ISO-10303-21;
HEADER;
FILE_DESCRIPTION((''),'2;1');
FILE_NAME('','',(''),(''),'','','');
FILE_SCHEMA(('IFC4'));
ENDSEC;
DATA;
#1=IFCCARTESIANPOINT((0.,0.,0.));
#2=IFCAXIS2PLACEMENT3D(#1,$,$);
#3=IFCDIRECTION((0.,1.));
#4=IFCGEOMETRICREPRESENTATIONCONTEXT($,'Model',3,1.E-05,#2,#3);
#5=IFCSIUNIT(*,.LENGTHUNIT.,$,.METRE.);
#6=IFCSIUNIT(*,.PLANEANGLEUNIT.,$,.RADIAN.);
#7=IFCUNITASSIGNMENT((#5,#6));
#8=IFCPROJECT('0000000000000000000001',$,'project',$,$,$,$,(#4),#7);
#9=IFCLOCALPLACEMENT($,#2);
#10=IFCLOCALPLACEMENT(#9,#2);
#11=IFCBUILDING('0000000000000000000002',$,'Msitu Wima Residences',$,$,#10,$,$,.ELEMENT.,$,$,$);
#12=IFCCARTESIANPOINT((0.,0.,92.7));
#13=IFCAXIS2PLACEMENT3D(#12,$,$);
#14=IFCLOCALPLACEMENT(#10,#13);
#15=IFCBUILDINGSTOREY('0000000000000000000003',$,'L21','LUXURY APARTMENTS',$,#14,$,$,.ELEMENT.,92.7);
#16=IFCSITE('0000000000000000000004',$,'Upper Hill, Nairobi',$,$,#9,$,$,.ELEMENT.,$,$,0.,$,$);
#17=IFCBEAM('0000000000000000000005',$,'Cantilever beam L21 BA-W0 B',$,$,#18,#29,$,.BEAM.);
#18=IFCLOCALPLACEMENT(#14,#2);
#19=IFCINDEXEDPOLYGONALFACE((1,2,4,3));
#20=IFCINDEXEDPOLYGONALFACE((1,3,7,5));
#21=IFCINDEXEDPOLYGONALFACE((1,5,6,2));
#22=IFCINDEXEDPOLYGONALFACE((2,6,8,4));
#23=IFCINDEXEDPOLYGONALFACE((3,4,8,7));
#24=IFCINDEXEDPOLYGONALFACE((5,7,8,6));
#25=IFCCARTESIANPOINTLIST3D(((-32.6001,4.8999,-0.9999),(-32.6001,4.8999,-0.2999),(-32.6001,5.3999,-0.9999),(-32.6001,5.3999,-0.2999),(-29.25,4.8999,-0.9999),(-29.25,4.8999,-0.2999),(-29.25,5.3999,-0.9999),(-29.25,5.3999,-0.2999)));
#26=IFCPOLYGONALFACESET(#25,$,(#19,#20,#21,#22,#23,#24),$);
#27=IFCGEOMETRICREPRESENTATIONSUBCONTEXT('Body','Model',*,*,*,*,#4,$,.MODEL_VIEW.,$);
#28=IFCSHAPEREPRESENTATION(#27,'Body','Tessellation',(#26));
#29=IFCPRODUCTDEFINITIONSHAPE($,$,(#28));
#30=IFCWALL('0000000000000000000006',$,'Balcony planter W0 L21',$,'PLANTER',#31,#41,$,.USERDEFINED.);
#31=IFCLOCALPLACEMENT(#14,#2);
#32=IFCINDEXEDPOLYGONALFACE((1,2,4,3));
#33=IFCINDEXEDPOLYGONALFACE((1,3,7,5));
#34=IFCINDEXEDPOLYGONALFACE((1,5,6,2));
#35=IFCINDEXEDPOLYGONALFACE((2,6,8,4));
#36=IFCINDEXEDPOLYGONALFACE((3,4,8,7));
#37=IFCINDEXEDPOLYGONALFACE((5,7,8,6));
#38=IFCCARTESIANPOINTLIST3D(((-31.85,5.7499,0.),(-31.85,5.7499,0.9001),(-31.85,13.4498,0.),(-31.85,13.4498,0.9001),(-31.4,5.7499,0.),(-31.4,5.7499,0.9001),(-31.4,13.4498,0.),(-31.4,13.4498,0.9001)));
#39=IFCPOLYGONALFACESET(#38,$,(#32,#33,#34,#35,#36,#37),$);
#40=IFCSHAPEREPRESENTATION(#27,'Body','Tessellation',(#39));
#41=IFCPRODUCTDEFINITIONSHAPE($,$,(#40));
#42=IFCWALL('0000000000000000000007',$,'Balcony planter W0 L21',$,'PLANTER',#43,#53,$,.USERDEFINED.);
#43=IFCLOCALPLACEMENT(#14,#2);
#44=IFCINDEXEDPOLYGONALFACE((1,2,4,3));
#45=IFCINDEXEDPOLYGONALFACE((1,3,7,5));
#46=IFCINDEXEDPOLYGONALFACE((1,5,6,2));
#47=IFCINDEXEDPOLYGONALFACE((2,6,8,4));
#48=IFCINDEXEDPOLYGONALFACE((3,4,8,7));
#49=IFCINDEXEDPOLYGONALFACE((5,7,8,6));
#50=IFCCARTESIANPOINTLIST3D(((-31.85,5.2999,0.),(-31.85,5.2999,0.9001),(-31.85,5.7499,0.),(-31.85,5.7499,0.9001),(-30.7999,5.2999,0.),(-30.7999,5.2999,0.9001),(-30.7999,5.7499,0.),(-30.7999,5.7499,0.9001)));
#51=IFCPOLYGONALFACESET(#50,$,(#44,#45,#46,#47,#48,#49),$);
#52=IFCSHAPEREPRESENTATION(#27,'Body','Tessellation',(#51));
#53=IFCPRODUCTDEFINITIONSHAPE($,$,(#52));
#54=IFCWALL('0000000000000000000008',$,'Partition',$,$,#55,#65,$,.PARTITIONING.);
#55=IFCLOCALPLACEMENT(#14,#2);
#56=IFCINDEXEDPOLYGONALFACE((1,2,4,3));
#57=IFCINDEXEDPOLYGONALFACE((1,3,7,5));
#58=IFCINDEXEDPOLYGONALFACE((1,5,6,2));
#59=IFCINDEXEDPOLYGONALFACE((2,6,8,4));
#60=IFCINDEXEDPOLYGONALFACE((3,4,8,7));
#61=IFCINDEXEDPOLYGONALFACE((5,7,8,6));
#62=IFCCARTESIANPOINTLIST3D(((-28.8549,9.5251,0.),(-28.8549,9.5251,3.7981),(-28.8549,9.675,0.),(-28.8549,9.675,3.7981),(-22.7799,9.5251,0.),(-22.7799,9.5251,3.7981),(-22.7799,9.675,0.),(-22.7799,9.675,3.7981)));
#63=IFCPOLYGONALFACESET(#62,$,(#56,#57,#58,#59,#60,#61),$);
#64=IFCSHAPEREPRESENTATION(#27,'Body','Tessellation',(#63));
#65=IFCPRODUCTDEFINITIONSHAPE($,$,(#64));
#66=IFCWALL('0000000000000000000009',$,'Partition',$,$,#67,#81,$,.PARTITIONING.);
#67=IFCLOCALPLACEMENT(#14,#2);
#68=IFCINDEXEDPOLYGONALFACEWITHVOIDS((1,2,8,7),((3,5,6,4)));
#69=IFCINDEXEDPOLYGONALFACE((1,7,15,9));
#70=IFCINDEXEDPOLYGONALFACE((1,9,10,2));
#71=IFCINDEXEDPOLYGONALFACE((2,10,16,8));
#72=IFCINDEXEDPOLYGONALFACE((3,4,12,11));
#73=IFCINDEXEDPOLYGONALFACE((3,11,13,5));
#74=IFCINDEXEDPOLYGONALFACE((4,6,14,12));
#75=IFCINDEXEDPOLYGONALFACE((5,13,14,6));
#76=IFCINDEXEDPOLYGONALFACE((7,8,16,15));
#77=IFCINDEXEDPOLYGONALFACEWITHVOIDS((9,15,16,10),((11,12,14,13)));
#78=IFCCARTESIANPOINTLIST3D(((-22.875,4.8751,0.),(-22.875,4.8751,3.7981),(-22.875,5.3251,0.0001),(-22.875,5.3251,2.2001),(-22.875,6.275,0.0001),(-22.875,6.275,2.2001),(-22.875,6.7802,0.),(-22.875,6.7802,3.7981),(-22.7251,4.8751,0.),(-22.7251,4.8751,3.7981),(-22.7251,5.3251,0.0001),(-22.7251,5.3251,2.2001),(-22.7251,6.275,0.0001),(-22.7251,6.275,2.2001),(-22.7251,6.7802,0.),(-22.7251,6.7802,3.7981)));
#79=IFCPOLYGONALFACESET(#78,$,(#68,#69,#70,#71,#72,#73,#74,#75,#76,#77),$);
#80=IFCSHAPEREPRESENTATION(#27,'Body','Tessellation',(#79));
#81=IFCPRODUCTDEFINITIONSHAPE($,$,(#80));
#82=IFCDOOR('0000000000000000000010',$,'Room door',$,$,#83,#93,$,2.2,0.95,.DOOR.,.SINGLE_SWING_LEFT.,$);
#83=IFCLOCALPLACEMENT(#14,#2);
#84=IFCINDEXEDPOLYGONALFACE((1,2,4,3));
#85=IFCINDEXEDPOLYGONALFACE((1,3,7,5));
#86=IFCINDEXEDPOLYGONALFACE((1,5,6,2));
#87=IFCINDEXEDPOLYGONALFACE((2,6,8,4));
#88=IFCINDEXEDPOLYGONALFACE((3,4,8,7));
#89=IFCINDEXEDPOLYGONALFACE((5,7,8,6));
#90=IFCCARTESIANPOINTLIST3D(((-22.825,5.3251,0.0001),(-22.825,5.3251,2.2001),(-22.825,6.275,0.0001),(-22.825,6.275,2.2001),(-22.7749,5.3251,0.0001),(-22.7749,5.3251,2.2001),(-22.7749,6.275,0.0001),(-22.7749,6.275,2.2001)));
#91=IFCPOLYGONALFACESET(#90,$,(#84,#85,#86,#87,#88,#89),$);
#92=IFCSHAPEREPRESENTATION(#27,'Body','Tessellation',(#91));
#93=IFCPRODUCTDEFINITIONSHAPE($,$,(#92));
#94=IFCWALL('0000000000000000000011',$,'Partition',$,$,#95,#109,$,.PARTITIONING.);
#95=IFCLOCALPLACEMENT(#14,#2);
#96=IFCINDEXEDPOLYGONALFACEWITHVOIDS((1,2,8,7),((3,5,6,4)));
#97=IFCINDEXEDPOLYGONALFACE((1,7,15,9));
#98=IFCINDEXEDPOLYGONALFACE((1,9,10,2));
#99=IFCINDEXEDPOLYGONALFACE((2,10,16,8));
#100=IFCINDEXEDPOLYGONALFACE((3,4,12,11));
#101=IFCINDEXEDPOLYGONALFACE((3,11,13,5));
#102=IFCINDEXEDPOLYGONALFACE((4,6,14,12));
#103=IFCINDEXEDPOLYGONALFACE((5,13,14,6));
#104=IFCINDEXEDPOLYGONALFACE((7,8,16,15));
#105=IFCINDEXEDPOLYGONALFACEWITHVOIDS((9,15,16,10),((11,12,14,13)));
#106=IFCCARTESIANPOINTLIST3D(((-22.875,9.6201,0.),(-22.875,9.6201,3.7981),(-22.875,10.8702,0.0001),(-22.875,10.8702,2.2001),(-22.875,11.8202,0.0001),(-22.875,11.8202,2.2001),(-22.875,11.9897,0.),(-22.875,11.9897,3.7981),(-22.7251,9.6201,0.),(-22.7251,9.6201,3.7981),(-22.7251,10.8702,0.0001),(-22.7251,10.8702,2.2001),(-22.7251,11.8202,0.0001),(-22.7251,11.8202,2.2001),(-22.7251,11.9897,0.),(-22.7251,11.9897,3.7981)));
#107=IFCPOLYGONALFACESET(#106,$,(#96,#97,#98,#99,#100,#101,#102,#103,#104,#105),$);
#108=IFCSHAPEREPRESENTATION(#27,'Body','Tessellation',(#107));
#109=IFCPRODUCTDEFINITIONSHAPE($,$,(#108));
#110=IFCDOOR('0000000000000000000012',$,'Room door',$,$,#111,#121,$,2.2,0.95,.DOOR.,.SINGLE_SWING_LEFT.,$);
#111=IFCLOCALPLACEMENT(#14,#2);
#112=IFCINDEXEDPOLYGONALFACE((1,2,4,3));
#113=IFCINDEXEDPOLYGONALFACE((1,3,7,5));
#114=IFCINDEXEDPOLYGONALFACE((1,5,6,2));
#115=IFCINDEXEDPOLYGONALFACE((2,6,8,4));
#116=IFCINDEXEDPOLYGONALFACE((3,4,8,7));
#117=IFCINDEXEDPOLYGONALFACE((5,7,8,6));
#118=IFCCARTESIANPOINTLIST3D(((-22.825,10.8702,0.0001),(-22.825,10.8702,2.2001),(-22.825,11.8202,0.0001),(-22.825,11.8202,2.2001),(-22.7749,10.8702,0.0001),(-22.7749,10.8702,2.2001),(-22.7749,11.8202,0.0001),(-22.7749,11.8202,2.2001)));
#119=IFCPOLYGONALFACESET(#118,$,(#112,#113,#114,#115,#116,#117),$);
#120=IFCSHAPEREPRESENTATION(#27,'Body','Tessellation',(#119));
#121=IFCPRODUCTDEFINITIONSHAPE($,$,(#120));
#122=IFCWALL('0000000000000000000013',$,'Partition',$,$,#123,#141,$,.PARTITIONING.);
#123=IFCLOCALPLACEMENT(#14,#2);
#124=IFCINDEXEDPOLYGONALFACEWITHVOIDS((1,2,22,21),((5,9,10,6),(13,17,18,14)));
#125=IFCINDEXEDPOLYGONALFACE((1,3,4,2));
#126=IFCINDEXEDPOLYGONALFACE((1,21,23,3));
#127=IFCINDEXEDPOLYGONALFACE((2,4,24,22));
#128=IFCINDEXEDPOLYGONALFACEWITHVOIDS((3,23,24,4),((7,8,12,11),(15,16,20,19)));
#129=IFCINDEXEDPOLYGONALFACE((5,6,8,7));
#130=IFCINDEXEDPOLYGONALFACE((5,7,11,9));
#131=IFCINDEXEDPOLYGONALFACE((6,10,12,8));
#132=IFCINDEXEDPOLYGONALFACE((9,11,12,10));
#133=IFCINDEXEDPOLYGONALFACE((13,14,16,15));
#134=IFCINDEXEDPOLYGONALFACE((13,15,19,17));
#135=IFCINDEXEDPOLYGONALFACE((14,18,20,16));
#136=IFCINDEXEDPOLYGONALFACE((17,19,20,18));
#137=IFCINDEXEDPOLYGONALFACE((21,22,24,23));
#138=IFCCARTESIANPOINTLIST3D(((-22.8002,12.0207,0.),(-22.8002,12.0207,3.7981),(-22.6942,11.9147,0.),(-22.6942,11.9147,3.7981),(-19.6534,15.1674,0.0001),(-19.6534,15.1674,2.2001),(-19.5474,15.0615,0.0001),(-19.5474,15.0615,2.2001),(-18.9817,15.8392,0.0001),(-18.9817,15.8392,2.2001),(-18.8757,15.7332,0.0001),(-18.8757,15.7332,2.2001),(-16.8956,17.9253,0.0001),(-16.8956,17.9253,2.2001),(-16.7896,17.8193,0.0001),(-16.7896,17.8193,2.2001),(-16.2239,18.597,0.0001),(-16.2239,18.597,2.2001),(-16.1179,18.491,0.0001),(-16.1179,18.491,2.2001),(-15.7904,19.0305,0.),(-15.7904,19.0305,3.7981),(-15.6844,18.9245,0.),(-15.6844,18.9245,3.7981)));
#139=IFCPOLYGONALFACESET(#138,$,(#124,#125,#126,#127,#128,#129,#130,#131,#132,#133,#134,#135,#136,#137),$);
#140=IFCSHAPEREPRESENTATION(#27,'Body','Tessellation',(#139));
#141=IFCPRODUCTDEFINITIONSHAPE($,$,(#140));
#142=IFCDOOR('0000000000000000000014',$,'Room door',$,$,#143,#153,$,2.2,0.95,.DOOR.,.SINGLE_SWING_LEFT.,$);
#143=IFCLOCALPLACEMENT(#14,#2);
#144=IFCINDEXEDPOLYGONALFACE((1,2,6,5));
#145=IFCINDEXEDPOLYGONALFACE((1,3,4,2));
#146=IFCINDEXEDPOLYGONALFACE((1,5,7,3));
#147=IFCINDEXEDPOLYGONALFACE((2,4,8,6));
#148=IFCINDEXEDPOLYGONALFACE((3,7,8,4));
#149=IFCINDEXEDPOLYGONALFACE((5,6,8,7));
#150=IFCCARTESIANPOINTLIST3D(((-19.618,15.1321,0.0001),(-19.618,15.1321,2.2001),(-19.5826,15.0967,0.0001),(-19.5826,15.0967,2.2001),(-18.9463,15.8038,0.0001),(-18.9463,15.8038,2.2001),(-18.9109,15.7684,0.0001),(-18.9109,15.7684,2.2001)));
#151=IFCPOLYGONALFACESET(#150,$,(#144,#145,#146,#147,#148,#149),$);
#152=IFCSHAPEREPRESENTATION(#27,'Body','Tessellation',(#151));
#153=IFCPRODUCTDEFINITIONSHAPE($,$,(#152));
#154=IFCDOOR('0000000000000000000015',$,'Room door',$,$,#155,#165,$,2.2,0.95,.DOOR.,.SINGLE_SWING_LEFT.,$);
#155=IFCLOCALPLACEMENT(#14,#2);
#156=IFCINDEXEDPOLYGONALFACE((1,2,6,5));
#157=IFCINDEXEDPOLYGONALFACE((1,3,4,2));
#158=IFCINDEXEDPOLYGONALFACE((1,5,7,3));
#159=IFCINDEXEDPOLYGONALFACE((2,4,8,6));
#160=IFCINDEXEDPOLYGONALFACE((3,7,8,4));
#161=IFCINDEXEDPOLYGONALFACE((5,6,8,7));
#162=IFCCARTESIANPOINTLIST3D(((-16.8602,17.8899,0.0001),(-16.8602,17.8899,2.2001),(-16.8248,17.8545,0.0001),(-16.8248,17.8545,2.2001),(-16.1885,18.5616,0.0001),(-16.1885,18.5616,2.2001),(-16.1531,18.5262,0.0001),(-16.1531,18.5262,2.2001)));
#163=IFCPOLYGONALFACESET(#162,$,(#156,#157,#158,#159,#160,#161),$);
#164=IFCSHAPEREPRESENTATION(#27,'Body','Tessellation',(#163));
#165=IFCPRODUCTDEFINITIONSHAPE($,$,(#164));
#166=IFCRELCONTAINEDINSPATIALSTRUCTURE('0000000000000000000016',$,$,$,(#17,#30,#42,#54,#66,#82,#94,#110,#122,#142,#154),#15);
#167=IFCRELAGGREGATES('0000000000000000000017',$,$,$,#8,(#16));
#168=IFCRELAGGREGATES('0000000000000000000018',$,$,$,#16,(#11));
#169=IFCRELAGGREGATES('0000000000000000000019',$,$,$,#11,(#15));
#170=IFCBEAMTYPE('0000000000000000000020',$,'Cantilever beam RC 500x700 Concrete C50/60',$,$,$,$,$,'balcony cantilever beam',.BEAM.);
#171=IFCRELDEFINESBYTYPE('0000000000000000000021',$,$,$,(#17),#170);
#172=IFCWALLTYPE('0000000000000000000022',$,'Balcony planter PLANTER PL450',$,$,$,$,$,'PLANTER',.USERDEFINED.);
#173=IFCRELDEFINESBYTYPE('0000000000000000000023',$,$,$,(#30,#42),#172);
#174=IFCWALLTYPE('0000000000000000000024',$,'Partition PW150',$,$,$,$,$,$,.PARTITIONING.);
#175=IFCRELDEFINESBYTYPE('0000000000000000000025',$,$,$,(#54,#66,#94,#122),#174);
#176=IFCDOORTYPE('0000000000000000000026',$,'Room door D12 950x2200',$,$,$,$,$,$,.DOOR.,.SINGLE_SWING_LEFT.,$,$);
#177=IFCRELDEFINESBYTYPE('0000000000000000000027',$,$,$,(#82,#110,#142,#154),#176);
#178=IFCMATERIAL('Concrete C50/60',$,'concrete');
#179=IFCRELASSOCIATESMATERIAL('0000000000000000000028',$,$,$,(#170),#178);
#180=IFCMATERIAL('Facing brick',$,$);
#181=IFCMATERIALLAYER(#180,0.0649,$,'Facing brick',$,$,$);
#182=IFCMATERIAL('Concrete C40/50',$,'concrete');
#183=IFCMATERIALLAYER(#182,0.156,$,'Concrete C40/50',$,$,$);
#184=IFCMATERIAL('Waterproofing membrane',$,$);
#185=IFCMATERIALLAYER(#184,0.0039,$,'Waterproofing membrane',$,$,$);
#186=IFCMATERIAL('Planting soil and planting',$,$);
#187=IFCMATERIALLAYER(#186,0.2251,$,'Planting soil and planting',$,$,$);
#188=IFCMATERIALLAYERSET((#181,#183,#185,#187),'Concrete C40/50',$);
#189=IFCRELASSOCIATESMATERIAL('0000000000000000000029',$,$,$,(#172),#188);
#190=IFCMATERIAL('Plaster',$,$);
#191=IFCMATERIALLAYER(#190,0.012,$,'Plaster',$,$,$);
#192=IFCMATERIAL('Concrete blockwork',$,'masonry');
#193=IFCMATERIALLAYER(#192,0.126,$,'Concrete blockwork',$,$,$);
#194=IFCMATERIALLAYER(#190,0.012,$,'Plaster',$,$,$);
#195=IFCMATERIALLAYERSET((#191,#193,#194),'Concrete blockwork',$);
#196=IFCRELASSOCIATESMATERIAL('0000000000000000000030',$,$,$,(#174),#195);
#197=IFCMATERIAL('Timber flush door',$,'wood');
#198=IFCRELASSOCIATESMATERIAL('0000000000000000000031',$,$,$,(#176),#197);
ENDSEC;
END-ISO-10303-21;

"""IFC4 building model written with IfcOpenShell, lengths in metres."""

from ifc_helpers import new_model, si_unit, direction, frame, frame_2d, origin, origin_2d, place, context, subcontext, project, spatial, rectangle, extrude, material, layer, layer_set, material_profile, profile_set, type_object, element, fill, save


model = new_model("IFC4")

# Units and contexts
model_context = context("Model", 3, precision=1e-05, world=origin(), true_north=direction((0.0, 1.0)))
body_context = subcontext(model_context, "Body", "Model", "MODEL_VIEW")
ifc_project = project(units=[si_unit("LENGTHUNIT", "METRE"), si_unit("PLANEANGLEUNIT", "RADIAN")], contexts=[model_context])

# Site, building, storey
site_placement = place(None, origin())
site = spatial("IfcSite", under=ifc_project, at=site_placement, Name="Upper Hill, Nairobi", CompositionType="ELEMENT", RefElevation=0.0)
building_placement = place(site_placement, origin())
building = spatial("IfcBuilding", under=site, at=building_placement, Name="Msitu Wima Residences", CompositionType="ELEMENT")
storey_placement = place(building_placement, frame((0.0, 0.0, 92.7)))
storey = spatial("IfcBuildingStorey", under=building, at=storey_placement, Name="L21", Description="LUXURY APARTMENTS", CompositionType="ELEMENT", Elevation=92.7)

# Beam
ifc_material_1 = material(Name="Concrete C50/60", Category="concrete")
ifc_material_profile = material_profile(ifc_material_1, rectangle(XDim=0.5, YDim=0.7, at=origin_2d()), Name="RC 500x700")
ifc_profile_set = profile_set([ifc_material_profile], Name="Concrete C50/60")
beam_type = type_object("IfcBeamType", Name="Cantilever beam RC 500x700 Concrete C50/60", ElementType="balcony cantilever beam", PredefinedType="BEAM", material=ifc_profile_set)
beam_placement = place(storey_placement, frame((-29.25, 5.1499, -0.6499), z_axis=(-1.0, 0.0, 0.0), x_axis=(0.0, -1.0, 0.0)))
element("IfcBeam", 1, at=beam_placement, inside=storey, type_object=beam_type, Name="Cantilever beam L21 BA-W0 B", PredefinedType="BEAM", context=body_context, shape_type="SweptSolid", body=[
    extrude(rectangle(XDim=0.5, YDim=0.7, at=origin_2d()), origin(), (0.0, 0.0, 1.0), 3.3501),
])

# Walls
ifc_material_2 = material(Name="Facing brick")
ifc_layer_1 = layer(ifc_material_2, 0.0649, Name="Facing brick")
ifc_material_3 = material(Name="Concrete C40/50", Category="concrete")
ifc_layer_2 = layer(ifc_material_3, 0.156, Name="Concrete C40/50")
ifc_material_4 = material(Name="Waterproofing membrane")
ifc_layer_3 = layer(ifc_material_4, 0.0039, Name="Waterproofing membrane")
ifc_material_5 = material(Name="Planting soil and planting")
ifc_layer_4 = layer(ifc_material_5, 0.2251, Name="Planting soil and planting")
ifc_layer_set_1 = layer_set([ifc_layer_1, ifc_layer_2, ifc_layer_3, ifc_layer_4], Name="Concrete C40/50")
wall_type_1 = type_object("IfcWallType", Name="Balcony planter PLANTER PL450", ElementType="PLANTER", PredefinedType="USERDEFINED", material=ifc_layer_set_1)
wall_1_placement = place(storey_placement, frame((-31.625, 13.45, 0.0), z_axis=(0.0, 0.0, 1.0), x_axis=(0.0, -1.0, 0.0)))
element("IfcWall", 2, at=wall_1_placement, inside=storey, type_object=wall_type_1, Name="Balcony planter W0 L21", ObjectType="PLANTER", PredefinedType="USERDEFINED", context=body_context, shape_type="SweptSolid", body=[
    extrude(rectangle(XDim=7.7, YDim=0.45, at=frame_2d((3.8501, 0.0))), origin(), (0.0, 0.0, 1.0), 0.9001),
])
wall_2_placement = place(storey_placement, frame((-30.8, 5.5249, 0.0), z_axis=(0.0, 0.0, 1.0), x_axis=(-1.0, 0.0, 0.0)))
element("IfcWall", 3, at=wall_2_placement, inside=storey, type_object=wall_type_1, Name="Balcony planter W0 L21", ObjectType="PLANTER", PredefinedType="USERDEFINED", context=body_context, shape_type="SweptSolid", body=[
    extrude(rectangle(XDim=1.05, YDim=0.45, at=frame_2d((0.5249, 0.0))), origin(), (0.0, 0.0, 1.0), 0.9001),
])
ifc_material_6 = material(Name="Plaster")
ifc_layer_5 = layer(ifc_material_6, 0.012, Name="Plaster")
ifc_material_7 = material(Name="Concrete blockwork", Category="masonry")
ifc_layer_6 = layer(ifc_material_7, 0.126, Name="Concrete blockwork")
ifc_layer_7 = layer(ifc_material_6, 0.012, Name="Plaster")
ifc_layer_set_2 = layer_set([ifc_layer_5, ifc_layer_6, ifc_layer_7], Name="Concrete blockwork")
wall_type_2 = type_object("IfcWallType", Name="Partition PW150", PredefinedType="PARTITIONING", material=ifc_layer_set_2)
wall_3_placement = place(storey_placement, frame((-28.855, 9.6001, 0.0), z_axis=(0.0, 0.0, 1.0), x_axis=(1.0, 0.0, 0.0)))
element("IfcWall", 4, at=wall_3_placement, inside=storey, type_object=wall_type_2, Name="Partition", PredefinedType="PARTITIONING", context=body_context, shape_type="SweptSolid", body=[
    extrude(rectangle(XDim=6.075, YDim=0.1499, at=frame_2d((3.0376, 0.0))), origin(), (0.0, 0.0, 1.0), 3.7981),
])

# Walls, openings, doors
wall_4_placement = place(storey_placement, frame((-22.8, 4.875, 0.0), z_axis=(0.0, 0.0, 1.0), x_axis=(0.0, 1.0, 0.0)))
wall_4 = element("IfcWall", 5, at=wall_4_placement, inside=storey, type_object=wall_type_2, Name="Partition", PredefinedType="PARTITIONING", context=body_context, shape_type="SweptSolid", body=[
    extrude(rectangle(XDim=1.905, YDim=0.1499, at=frame_2d((0.9526, 0.0))), origin(), (0.0, 0.0, 1.0), 3.7981),
])
opening_1_placement = place(wall_4_placement, frame((0.45, 0.0, 0.0)))
opening_1 = element("IfcOpeningElement", 6, at=opening_1_placement, cuts=wall_4, PredefinedType="OPENING", context=body_context, shape_type="SweptSolid", body=[
    extrude(rectangle(XDim=0.95, YDim=2.2, at=frame_2d((0.4751, 1.1001))), frame((0.0, 0.085, 0.0), z_axis=(0.0, -1.0, 0.0), x_axis=(1.0, 0.0, 0.0)), (0.0, 0.0, 1.0), 0.1699),
])
ifc_material_8 = material(Name="Timber flush door", Category="wood")
door_type_1 = type_object("IfcDoorType", Name="Room door D12 950x2200", OperationType="SINGLE_SWING_LEFT", PredefinedType="DOOR", material=ifc_material_8)
door_1_placement = place(opening_1_placement, origin())
door_1 = element("IfcDoor", 7, at=door_1_placement, inside=storey, type_object=door_type_1, Name="Room door", OperationType="SINGLE_SWING_LEFT", OverallHeight=2.2, OverallWidth=0.95, PredefinedType="DOOR", context=body_context, shape_type="SweptSolid", body=[
    extrude(rectangle(XDim=0.95, YDim=2.2, at=frame_2d((0.4751, 1.1001))), frame((0.0, 0.0249, 0.0), z_axis=(0.0, -1.0, 0.0), x_axis=(1.0, 0.0, 0.0)), (0.0, 0.0, 1.0), 0.05),
])
fill(opening_1, door_1)
wall_5_placement = place(storey_placement, frame((-22.8, 9.6201, 0.0), z_axis=(0.0, 0.0, 1.0), x_axis=(0.0, 1.0, 0.0)))
wall_5 = element("IfcWall", 8, at=wall_5_placement, inside=storey, type_object=wall_type_2, Name="Partition", PredefinedType="PARTITIONING", context=body_context, shape_type="SweptSolid", body=[
    extrude(rectangle(XDim=2.3696, YDim=0.1499, at=frame_2d((1.1848, 0.0))), origin(), (0.0, 0.0, 1.0), 3.7981),
])
opening_2_placement = place(wall_5_placement, frame((1.25, 0.0, 0.0)))
opening_2 = element("IfcOpeningElement", 9, at=opening_2_placement, cuts=wall_5, PredefinedType="OPENING", context=body_context, shape_type="SweptSolid", body=[
    extrude(rectangle(XDim=0.95, YDim=2.2, at=frame_2d((0.4751, 1.1001))), frame((0.0, 0.085, 0.0), z_axis=(0.0, -1.0, 0.0), x_axis=(1.0, 0.0, 0.0)), (0.0, 0.0, 1.0), 0.1699),
])
door_2_placement = place(opening_2_placement, origin())
door_2 = element("IfcDoor", 10, at=door_2_placement, inside=storey, type_object=door_type_1, Name="Room door", OperationType="SINGLE_SWING_LEFT", OverallHeight=2.2, OverallWidth=0.95, PredefinedType="DOOR", context=body_context, shape_type="SweptSolid", body=[
    extrude(rectangle(XDim=0.95, YDim=2.2, at=frame_2d((0.4751, 1.1001))), frame((0.0, 0.0249, 0.0), z_axis=(0.0, -1.0, 0.0), x_axis=(1.0, 0.0, 0.0)), (0.0, 0.0, 1.0), 0.05),
])
fill(opening_2, door_2)

# Wall, openings, doors
wall_6_placement = place(storey_placement, frame((-22.7471, 11.9678, 0.0), z_axis=(0.0, 0.0, 1.0), x_axis=(0.707107, 0.707107, 0.0)))
wall_6 = element("IfcWall", 11, at=wall_6_placement, inside=storey, type_object=wall_type_2, Name="Partition", PredefinedType="PARTITIONING", context=body_context, shape_type="SweptSolid", body=[
    extrude(rectangle(XDim=9.9133, YDim=0.1499, at=frame_2d((4.9565, 0.0))), origin(), (0.0, 0.0, 1.0), 3.7981),
])
opening_3_placement = place(wall_6_placement, frame((4.45, 0.0, 0.0)))
opening_3 = element("IfcOpeningElement", 12, at=opening_3_placement, cuts=wall_6, PredefinedType="OPENING", context=body_context, shape_type="SweptSolid", body=[
    extrude(rectangle(XDim=0.95, YDim=2.2, at=frame_2d((0.4751, 1.1001))), frame((0.0, 0.085, 0.0), z_axis=(0.0, -1.0, 0.0), x_axis=(1.0, 0.0, 0.0)), (0.0, 0.0, 1.0), 0.1699),
])
opening_4_placement = place(wall_6_placement, frame((8.3501, 0.0, 0.0)))
opening_4 = element("IfcOpeningElement", 13, at=opening_4_placement, cuts=wall_6, PredefinedType="OPENING", context=body_context, shape_type="SweptSolid", body=[
    extrude(rectangle(XDim=0.95, YDim=2.2, at=frame_2d((0.4751, 1.1001))), frame((0.0, 0.085, 0.0), z_axis=(0.0, -1.0, 0.0), x_axis=(1.0, 0.0, 0.0)), (0.0, 0.0, 1.0), 0.1699),
])
door_3_placement = place(opening_3_placement, origin())
door_3 = element("IfcDoor", 14, at=door_3_placement, inside=storey, type_object=door_type_1, Name="Room door", OperationType="SINGLE_SWING_LEFT", OverallHeight=2.2, OverallWidth=0.95, PredefinedType="DOOR", context=body_context, shape_type="SweptSolid", body=[
    extrude(rectangle(XDim=0.95, YDim=2.2, at=frame_2d((0.4751, 1.1001))), frame((0.0, 0.0249, 0.0), z_axis=(0.0, -1.0, 0.0), x_axis=(1.0, 0.0, 0.0)), (0.0, 0.0, 1.0), 0.05),
])
fill(opening_3, door_3)
door_4_placement = place(opening_4_placement, origin())
door_4 = element("IfcDoor", 15, at=door_4_placement, inside=storey, type_object=door_type_1, Name="Room door", OperationType="SINGLE_SWING_LEFT", OverallHeight=2.2, OverallWidth=0.95, PredefinedType="DOOR", context=body_context, shape_type="SweptSolid", body=[
    extrude(rectangle(XDim=0.95, YDim=2.2, at=frame_2d((0.4751, 1.1001))), frame((0.0, 0.0249, 0.0), z_axis=(0.0, -1.0, 0.0), x_axis=(1.0, 0.0, 0.0)), (0.0, 0.0, 1.0), 0.05),
])
fill(opening_4, door_4)

save(model, "model.ifc")
